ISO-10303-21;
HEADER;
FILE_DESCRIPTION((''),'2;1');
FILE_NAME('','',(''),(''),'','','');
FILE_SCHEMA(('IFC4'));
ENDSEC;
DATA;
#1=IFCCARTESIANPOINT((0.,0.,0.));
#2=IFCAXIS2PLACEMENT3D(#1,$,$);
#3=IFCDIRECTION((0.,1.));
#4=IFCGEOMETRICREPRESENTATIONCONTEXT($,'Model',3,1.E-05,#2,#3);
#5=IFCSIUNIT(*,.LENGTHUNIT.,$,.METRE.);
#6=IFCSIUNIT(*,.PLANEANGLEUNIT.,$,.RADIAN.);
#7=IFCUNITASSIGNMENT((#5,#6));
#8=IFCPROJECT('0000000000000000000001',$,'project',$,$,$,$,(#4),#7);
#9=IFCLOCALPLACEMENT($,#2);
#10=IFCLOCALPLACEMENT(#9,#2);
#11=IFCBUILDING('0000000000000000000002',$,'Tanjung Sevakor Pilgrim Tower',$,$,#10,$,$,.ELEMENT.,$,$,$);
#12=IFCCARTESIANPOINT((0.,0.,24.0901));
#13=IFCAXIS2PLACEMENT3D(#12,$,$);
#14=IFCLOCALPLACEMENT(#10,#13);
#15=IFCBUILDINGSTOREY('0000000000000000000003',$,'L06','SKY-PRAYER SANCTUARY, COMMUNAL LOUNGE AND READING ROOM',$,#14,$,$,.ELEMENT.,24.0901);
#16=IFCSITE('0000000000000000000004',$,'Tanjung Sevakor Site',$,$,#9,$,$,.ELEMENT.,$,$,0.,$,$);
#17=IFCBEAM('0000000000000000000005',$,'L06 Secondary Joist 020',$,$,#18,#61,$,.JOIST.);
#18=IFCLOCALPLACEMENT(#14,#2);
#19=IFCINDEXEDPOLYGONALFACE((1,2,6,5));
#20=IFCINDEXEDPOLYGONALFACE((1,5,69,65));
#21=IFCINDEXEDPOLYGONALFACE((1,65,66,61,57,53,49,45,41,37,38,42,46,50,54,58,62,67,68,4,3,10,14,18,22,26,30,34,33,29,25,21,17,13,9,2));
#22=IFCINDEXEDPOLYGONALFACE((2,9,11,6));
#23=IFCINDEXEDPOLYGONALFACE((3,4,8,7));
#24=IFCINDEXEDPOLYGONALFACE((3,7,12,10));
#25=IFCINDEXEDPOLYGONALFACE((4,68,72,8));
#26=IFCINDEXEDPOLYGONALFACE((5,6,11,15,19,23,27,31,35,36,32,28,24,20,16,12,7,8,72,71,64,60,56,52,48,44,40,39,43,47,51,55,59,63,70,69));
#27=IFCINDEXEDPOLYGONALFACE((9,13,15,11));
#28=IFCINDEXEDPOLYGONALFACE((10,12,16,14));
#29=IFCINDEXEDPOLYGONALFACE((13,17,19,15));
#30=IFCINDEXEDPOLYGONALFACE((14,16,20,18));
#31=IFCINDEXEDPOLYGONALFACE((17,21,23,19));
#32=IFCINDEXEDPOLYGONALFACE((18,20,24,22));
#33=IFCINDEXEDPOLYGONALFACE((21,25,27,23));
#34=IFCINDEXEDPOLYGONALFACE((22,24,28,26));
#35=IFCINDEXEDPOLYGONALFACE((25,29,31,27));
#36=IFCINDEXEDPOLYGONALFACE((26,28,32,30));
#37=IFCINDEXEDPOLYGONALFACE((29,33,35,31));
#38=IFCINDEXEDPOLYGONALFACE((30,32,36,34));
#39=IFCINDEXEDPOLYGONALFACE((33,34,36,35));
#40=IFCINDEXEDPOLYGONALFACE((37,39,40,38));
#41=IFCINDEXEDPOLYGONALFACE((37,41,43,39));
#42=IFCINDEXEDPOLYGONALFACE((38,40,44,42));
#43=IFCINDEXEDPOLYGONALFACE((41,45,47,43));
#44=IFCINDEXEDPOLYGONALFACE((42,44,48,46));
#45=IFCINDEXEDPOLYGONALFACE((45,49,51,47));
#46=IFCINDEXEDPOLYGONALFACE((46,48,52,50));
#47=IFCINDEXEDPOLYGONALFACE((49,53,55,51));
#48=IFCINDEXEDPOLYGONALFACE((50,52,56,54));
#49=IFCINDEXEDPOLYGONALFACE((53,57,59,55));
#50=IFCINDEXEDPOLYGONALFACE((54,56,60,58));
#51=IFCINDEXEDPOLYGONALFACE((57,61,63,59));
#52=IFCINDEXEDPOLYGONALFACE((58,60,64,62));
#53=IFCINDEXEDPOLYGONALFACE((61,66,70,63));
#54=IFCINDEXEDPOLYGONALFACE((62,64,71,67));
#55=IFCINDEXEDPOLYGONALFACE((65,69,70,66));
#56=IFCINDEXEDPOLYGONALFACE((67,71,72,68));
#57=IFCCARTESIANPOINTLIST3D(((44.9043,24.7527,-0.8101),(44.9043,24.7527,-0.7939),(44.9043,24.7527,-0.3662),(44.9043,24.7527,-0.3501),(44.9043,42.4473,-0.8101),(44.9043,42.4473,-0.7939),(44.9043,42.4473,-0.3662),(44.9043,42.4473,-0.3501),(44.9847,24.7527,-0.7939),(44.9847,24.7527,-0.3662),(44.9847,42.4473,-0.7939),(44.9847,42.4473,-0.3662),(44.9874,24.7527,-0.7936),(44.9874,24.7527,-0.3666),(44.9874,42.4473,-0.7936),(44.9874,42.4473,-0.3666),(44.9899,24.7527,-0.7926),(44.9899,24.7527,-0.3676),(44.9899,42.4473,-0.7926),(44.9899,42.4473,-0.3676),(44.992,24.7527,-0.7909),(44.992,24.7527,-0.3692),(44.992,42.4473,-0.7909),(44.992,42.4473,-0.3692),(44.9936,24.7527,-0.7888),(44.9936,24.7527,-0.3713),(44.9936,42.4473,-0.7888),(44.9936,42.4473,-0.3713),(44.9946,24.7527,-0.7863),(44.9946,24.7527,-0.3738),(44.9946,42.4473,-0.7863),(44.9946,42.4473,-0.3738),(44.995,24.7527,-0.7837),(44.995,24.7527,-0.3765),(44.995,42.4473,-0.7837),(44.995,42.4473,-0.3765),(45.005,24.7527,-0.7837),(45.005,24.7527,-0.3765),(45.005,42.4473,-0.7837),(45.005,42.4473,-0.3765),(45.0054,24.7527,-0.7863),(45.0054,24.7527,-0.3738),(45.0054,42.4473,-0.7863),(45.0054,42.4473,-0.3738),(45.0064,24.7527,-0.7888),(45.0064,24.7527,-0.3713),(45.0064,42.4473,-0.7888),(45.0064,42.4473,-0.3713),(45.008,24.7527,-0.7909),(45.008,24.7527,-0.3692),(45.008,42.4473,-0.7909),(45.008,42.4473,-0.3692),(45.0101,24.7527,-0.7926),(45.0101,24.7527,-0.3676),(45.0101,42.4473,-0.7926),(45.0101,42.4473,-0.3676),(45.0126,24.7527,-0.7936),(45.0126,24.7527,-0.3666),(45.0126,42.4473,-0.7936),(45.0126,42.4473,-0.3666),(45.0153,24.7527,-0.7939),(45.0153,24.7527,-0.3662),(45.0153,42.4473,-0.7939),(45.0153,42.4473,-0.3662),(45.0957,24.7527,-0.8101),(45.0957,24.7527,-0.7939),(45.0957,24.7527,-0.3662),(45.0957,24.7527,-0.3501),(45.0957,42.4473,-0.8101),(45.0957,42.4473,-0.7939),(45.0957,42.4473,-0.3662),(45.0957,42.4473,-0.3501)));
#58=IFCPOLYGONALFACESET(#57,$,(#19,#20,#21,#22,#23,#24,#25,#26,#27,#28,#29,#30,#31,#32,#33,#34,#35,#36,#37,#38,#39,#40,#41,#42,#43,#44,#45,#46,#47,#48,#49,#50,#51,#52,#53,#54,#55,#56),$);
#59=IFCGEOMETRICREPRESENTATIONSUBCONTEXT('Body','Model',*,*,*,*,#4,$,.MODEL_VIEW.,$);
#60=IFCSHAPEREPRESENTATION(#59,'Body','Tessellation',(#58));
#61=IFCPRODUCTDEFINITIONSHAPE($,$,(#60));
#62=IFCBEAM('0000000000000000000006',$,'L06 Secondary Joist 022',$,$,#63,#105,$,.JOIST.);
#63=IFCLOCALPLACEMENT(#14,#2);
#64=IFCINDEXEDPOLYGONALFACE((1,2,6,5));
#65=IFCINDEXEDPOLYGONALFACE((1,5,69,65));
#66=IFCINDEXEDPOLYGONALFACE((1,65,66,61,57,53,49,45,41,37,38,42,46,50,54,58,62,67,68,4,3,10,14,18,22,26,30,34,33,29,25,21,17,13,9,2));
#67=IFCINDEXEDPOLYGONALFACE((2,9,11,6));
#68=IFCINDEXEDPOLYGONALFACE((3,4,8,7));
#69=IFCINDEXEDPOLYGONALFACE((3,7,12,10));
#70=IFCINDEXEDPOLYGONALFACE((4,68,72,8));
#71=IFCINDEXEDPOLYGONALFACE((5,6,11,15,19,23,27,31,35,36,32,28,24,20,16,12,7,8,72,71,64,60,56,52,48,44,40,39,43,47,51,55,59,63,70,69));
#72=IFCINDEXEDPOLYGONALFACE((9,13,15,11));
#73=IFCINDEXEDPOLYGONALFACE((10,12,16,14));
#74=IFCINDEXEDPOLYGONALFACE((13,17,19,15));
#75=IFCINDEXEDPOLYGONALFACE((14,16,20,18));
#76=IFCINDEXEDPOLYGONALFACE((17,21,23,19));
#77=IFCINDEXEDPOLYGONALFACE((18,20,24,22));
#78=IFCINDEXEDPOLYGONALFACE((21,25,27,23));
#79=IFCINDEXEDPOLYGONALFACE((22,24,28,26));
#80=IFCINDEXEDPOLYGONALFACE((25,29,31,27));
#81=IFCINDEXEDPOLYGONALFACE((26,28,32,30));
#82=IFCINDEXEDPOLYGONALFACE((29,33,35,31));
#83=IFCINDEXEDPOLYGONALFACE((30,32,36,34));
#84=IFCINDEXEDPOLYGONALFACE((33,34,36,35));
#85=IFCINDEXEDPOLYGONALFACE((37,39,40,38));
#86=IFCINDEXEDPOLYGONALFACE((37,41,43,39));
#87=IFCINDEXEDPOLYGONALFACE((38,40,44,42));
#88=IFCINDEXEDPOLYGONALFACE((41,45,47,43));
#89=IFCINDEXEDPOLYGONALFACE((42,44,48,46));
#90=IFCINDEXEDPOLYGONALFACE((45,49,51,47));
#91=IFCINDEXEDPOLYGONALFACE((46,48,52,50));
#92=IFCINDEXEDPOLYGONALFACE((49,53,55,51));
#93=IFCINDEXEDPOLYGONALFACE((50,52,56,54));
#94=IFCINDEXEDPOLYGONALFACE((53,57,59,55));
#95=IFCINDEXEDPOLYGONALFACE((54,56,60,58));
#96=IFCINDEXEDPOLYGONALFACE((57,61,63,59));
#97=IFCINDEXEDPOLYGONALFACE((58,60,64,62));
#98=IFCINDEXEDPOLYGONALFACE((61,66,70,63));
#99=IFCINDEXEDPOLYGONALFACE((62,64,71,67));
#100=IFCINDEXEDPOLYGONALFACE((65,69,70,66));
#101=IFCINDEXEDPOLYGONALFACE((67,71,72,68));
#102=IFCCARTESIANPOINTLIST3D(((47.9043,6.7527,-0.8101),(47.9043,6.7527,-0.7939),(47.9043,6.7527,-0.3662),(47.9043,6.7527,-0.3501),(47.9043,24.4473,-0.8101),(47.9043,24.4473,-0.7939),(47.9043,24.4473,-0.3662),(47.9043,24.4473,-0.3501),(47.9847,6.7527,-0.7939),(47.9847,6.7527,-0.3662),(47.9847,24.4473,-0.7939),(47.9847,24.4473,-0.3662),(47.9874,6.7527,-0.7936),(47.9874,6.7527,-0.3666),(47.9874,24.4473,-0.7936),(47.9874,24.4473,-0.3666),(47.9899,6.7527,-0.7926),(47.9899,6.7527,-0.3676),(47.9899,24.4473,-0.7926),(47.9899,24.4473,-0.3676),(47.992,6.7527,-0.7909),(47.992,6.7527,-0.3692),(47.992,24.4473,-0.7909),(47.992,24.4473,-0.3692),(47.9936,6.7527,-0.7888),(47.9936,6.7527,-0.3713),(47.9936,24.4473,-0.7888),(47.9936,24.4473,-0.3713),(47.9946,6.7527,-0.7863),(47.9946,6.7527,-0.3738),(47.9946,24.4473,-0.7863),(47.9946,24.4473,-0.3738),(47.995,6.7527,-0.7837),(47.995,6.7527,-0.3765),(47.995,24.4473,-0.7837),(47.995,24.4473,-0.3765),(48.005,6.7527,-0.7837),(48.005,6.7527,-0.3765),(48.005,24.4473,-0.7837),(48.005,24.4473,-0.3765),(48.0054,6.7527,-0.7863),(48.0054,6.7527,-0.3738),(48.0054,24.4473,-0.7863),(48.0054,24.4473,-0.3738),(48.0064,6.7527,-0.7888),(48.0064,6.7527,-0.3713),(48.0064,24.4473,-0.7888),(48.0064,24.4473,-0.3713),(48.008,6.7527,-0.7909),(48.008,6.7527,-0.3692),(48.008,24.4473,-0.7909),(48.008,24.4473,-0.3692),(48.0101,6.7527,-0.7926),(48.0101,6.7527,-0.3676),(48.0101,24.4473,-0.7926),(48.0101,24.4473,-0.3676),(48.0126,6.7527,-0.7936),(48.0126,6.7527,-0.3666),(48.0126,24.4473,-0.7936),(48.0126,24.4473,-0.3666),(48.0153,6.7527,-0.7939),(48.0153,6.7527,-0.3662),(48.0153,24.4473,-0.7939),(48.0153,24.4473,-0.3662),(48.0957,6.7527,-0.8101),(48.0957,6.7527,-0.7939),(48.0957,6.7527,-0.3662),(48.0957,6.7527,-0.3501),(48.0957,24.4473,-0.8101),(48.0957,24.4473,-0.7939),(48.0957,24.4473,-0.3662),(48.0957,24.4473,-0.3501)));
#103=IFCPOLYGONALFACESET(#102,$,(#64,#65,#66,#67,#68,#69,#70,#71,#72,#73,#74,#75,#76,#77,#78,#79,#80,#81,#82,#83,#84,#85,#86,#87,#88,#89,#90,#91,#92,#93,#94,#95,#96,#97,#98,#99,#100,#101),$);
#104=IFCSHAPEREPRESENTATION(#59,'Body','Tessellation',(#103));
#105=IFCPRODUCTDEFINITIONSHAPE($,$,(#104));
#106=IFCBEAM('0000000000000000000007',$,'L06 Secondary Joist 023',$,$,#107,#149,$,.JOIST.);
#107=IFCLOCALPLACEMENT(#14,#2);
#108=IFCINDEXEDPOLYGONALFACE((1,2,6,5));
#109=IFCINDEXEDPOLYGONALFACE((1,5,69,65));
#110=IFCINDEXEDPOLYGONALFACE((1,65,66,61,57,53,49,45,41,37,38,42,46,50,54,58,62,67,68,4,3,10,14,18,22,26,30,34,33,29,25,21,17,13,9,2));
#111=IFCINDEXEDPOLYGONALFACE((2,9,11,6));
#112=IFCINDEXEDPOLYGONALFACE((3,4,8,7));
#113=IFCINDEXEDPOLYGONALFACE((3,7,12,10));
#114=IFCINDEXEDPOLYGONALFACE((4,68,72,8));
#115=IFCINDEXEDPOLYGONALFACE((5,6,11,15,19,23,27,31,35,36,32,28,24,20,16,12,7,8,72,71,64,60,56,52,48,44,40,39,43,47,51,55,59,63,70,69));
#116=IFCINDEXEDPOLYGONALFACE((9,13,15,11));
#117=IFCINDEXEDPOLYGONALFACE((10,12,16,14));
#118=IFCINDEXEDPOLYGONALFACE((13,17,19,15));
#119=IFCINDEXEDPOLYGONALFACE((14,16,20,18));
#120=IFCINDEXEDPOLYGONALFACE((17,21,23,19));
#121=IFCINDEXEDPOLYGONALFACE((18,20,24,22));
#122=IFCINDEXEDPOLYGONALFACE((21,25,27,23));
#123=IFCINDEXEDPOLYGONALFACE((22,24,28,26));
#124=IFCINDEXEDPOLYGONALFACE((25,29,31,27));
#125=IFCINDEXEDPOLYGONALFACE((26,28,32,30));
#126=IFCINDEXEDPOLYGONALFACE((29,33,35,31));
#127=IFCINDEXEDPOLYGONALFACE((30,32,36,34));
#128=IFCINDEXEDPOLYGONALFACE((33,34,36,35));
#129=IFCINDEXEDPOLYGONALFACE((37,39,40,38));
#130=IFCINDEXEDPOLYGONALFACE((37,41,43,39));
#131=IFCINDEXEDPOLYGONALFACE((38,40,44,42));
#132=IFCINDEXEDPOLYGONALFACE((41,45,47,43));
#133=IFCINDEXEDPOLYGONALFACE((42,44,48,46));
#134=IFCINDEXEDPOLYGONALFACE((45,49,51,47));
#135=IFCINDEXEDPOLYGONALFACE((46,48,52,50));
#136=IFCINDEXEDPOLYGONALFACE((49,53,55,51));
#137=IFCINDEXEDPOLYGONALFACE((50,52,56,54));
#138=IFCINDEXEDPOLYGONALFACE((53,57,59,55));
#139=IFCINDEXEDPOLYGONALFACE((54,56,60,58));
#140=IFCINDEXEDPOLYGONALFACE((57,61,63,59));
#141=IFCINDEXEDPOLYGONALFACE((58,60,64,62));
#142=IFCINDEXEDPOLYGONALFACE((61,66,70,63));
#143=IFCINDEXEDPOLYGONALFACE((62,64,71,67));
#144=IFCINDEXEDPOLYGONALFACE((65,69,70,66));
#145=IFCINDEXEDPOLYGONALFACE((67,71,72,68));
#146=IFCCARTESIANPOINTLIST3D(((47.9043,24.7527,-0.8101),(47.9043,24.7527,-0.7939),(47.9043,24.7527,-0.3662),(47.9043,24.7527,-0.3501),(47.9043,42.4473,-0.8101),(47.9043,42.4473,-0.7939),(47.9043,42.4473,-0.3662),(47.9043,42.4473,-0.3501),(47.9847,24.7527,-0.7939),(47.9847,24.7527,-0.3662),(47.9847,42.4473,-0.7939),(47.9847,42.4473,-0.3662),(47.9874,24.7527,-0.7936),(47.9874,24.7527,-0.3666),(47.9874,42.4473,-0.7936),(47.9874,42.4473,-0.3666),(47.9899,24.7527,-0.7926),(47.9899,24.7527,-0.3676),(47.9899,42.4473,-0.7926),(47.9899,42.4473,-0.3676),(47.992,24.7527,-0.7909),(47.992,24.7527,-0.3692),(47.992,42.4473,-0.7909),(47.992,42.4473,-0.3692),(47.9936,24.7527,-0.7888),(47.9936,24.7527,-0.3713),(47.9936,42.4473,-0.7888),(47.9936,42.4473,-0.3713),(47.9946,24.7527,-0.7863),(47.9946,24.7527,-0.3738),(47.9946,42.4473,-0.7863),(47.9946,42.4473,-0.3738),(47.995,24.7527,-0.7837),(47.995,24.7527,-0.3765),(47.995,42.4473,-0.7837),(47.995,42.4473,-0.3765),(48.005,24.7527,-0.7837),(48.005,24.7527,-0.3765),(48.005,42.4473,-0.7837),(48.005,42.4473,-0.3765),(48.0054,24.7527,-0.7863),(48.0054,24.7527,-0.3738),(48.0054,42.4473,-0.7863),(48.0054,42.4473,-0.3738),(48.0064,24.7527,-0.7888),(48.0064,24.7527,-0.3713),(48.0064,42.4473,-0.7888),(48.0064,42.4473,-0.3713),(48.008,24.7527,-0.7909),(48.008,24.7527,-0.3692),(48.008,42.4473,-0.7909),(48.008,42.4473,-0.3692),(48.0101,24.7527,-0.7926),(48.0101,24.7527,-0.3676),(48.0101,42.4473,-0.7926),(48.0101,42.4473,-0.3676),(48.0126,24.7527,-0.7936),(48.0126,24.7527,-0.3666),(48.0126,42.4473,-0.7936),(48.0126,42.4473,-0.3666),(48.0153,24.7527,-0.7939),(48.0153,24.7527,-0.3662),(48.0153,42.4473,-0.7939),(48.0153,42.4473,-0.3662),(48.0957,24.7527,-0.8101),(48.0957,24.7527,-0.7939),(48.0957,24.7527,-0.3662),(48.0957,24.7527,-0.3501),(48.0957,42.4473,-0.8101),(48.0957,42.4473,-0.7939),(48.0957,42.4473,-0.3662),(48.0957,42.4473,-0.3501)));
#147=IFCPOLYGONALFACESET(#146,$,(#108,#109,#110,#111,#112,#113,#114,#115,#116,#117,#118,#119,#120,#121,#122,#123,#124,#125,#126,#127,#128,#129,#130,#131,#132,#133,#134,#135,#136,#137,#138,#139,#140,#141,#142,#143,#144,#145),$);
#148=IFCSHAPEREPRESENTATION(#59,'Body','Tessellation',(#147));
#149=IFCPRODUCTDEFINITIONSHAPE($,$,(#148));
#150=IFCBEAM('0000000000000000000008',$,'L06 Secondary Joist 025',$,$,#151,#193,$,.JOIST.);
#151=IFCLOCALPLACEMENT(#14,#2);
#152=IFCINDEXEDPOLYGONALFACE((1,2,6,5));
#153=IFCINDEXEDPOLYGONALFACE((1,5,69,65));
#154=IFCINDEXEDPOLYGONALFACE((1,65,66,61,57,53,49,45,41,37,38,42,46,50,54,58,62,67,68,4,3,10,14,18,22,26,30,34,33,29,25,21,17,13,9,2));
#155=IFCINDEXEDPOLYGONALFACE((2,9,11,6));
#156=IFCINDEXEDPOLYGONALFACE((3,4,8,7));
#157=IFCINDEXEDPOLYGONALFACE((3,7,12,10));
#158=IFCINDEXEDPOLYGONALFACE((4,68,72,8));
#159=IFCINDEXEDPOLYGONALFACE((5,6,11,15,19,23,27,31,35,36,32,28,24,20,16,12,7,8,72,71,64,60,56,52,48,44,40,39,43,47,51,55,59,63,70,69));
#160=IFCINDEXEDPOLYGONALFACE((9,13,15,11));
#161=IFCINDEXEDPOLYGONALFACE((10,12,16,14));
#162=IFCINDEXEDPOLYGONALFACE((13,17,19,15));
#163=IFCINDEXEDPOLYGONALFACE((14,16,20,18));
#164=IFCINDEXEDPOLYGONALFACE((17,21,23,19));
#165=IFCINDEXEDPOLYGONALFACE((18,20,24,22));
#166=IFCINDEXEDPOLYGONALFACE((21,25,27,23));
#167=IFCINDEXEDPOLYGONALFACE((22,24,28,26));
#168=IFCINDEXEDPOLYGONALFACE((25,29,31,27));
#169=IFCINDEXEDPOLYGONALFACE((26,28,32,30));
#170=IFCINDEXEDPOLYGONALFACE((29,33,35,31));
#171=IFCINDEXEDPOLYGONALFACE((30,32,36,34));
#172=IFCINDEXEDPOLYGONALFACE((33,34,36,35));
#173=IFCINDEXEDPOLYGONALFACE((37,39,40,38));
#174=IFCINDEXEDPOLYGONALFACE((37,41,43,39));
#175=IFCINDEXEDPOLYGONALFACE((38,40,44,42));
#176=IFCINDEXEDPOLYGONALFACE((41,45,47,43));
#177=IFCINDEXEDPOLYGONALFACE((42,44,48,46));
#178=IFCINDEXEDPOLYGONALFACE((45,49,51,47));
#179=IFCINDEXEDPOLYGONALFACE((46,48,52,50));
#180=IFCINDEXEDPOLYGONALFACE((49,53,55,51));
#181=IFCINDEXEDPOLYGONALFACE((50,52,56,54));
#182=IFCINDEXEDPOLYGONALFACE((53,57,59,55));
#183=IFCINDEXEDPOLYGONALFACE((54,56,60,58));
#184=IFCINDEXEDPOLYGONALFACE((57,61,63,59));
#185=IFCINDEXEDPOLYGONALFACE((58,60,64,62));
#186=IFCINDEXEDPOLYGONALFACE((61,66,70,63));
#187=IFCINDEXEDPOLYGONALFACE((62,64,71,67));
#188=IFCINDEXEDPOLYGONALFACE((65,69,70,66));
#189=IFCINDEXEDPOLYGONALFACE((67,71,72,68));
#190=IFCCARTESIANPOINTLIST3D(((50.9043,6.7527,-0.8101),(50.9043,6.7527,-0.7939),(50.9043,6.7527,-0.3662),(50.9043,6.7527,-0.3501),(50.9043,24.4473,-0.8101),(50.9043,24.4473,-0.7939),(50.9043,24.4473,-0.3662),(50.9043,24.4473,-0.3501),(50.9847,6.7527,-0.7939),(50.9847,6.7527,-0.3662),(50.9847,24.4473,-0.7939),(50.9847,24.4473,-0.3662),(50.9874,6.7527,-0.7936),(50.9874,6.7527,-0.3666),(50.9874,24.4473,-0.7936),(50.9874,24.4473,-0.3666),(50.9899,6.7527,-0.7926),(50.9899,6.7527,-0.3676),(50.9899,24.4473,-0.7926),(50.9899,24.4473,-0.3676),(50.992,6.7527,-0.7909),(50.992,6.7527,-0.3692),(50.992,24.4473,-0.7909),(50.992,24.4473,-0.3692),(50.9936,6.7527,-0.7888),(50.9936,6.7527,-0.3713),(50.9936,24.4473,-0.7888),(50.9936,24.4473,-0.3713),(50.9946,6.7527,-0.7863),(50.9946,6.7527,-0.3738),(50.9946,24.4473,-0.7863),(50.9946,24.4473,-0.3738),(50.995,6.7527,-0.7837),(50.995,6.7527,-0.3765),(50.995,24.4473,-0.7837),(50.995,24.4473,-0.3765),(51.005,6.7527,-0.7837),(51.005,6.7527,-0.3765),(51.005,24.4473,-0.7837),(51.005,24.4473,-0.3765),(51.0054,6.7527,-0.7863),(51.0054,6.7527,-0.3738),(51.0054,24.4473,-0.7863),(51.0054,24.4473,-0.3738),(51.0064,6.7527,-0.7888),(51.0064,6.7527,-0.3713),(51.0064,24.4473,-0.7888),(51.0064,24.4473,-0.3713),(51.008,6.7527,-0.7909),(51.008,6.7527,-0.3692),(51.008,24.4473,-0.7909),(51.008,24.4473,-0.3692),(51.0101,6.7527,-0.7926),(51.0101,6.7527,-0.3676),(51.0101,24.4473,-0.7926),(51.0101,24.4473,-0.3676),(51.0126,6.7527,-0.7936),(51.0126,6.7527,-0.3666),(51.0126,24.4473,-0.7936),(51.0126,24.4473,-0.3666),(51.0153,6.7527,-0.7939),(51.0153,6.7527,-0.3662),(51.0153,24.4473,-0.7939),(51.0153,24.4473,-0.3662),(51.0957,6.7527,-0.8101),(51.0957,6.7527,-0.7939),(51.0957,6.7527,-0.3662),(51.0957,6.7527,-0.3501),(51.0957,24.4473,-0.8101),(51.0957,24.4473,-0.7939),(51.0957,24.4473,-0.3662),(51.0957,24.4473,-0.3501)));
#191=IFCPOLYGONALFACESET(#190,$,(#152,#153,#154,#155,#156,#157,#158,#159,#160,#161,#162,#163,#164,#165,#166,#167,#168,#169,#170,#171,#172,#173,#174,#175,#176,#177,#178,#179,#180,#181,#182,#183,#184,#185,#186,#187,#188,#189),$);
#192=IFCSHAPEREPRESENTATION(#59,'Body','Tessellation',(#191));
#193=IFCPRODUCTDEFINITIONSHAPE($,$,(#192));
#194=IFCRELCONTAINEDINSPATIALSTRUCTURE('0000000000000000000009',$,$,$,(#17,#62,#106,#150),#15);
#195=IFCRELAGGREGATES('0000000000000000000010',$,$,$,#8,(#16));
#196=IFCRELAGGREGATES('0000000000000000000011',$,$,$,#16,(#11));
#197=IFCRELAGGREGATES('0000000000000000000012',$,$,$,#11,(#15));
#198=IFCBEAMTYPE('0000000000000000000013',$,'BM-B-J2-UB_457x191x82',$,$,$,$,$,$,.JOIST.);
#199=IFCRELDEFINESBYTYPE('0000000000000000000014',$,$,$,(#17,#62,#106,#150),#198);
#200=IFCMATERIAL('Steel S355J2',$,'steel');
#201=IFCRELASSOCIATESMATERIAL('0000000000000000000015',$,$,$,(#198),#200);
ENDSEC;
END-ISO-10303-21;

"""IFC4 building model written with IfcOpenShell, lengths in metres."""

from ifc_helpers import new_model, si_unit, direction, frame, origin, origin_2d, place, context, subcontext, project, spatial, i_section, extrude, material, material_profile, profile_set, type_object, element, save


model = new_model("IFC4")

# Units and contexts
model_context = context("Model", 3, precision=1e-05, world=origin(), true_north=direction((0.0, 1.0)))
body_context = subcontext(model_context, "Body", "Model", "MODEL_VIEW")
ifc_project = project(units=[si_unit("LENGTHUNIT", "METRE"), si_unit("PLANEANGLEUNIT", "RADIAN")], contexts=[model_context])

# Site, building, storey
site_placement = place(None, origin())
site = spatial("IfcSite", under=ifc_project, at=site_placement, Name="Tanjung Sevakor Site", CompositionType="ELEMENT", RefElevation=0.0)
building_placement = place(site_placement, origin())
building = spatial("IfcBuilding", under=site, at=building_placement, Name="Tanjung Sevakor Pilgrim Tower", CompositionType="ELEMENT")
storey_placement = place(building_placement, frame((0.0, 0.0, 24.0901)))
storey = spatial("IfcBuildingStorey", under=building, at=storey_placement, Name="L06", Description="SKY-PRAYER SANCTUARY, COMMUNAL LOUNGE AND READING ROOM", CompositionType="ELEMENT", Elevation=24.0901)

# Beams
ifc_material_1 = material(Name="Steel S355J2", Category="steel")
ifc_material_profile_1 = material_profile(ifc_material_1, i_section(OverallWidth=0.1914, OverallDepth=0.46, WebThickness=0.01, FlangeThickness=0.0161, FilletRadius=0.0103, at=origin_2d()))
ifc_profile_set_1 = profile_set([ifc_material_profile_1], Name="Steel S355J2")
beam_type_1 = type_object("IfcBeamType", Name="BM-B-J2-UB_457x191x82", PredefinedType="JOIST", material=ifc_profile_set_1)
for number, where, z_axis, x_axis, name in (
    (1, (45.0, 24.7527, -0.5801), (0.0, 1.0, 0.0), (-1.0, 0.0, 0.0), "L06 Secondary Joist 020"),
    (2, (48.0, 6.7527, -0.5801), (0.0, 1.0, 0.0), (-1.0, 0.0, 0.0), "L06 Secondary Joist 022"),
    (3, (48.0, 24.7527, -0.5801), (0.0, 1.0, 0.0), (-1.0, 0.0, 0.0), "L06 Secondary Joist 023"),
    (4, (51.0, 6.7527, -0.5801), (0.0, 1.0, 0.0), (-1.0, 0.0, 0.0), "L06 Secondary Joist 025"),
):
    element("IfcBeam", number, at=place(storey_placement, frame(where, z_axis=z_axis, x_axis=x_axis)), inside=storey, type_object=beam_type_1, Name=name, PredefinedType="JOIST", context=body_context, shape_type="SweptSolid", body=[
        extrude(i_section(OverallWidth=0.1914, OverallDepth=0.46, WebThickness=0.01, FlangeThickness=0.0161, FilletRadius=0.0103, at=origin_2d()), origin(), (0.0, 0.0, 1.0), 17.6946),
    ])

save(model, "model.ifc")
